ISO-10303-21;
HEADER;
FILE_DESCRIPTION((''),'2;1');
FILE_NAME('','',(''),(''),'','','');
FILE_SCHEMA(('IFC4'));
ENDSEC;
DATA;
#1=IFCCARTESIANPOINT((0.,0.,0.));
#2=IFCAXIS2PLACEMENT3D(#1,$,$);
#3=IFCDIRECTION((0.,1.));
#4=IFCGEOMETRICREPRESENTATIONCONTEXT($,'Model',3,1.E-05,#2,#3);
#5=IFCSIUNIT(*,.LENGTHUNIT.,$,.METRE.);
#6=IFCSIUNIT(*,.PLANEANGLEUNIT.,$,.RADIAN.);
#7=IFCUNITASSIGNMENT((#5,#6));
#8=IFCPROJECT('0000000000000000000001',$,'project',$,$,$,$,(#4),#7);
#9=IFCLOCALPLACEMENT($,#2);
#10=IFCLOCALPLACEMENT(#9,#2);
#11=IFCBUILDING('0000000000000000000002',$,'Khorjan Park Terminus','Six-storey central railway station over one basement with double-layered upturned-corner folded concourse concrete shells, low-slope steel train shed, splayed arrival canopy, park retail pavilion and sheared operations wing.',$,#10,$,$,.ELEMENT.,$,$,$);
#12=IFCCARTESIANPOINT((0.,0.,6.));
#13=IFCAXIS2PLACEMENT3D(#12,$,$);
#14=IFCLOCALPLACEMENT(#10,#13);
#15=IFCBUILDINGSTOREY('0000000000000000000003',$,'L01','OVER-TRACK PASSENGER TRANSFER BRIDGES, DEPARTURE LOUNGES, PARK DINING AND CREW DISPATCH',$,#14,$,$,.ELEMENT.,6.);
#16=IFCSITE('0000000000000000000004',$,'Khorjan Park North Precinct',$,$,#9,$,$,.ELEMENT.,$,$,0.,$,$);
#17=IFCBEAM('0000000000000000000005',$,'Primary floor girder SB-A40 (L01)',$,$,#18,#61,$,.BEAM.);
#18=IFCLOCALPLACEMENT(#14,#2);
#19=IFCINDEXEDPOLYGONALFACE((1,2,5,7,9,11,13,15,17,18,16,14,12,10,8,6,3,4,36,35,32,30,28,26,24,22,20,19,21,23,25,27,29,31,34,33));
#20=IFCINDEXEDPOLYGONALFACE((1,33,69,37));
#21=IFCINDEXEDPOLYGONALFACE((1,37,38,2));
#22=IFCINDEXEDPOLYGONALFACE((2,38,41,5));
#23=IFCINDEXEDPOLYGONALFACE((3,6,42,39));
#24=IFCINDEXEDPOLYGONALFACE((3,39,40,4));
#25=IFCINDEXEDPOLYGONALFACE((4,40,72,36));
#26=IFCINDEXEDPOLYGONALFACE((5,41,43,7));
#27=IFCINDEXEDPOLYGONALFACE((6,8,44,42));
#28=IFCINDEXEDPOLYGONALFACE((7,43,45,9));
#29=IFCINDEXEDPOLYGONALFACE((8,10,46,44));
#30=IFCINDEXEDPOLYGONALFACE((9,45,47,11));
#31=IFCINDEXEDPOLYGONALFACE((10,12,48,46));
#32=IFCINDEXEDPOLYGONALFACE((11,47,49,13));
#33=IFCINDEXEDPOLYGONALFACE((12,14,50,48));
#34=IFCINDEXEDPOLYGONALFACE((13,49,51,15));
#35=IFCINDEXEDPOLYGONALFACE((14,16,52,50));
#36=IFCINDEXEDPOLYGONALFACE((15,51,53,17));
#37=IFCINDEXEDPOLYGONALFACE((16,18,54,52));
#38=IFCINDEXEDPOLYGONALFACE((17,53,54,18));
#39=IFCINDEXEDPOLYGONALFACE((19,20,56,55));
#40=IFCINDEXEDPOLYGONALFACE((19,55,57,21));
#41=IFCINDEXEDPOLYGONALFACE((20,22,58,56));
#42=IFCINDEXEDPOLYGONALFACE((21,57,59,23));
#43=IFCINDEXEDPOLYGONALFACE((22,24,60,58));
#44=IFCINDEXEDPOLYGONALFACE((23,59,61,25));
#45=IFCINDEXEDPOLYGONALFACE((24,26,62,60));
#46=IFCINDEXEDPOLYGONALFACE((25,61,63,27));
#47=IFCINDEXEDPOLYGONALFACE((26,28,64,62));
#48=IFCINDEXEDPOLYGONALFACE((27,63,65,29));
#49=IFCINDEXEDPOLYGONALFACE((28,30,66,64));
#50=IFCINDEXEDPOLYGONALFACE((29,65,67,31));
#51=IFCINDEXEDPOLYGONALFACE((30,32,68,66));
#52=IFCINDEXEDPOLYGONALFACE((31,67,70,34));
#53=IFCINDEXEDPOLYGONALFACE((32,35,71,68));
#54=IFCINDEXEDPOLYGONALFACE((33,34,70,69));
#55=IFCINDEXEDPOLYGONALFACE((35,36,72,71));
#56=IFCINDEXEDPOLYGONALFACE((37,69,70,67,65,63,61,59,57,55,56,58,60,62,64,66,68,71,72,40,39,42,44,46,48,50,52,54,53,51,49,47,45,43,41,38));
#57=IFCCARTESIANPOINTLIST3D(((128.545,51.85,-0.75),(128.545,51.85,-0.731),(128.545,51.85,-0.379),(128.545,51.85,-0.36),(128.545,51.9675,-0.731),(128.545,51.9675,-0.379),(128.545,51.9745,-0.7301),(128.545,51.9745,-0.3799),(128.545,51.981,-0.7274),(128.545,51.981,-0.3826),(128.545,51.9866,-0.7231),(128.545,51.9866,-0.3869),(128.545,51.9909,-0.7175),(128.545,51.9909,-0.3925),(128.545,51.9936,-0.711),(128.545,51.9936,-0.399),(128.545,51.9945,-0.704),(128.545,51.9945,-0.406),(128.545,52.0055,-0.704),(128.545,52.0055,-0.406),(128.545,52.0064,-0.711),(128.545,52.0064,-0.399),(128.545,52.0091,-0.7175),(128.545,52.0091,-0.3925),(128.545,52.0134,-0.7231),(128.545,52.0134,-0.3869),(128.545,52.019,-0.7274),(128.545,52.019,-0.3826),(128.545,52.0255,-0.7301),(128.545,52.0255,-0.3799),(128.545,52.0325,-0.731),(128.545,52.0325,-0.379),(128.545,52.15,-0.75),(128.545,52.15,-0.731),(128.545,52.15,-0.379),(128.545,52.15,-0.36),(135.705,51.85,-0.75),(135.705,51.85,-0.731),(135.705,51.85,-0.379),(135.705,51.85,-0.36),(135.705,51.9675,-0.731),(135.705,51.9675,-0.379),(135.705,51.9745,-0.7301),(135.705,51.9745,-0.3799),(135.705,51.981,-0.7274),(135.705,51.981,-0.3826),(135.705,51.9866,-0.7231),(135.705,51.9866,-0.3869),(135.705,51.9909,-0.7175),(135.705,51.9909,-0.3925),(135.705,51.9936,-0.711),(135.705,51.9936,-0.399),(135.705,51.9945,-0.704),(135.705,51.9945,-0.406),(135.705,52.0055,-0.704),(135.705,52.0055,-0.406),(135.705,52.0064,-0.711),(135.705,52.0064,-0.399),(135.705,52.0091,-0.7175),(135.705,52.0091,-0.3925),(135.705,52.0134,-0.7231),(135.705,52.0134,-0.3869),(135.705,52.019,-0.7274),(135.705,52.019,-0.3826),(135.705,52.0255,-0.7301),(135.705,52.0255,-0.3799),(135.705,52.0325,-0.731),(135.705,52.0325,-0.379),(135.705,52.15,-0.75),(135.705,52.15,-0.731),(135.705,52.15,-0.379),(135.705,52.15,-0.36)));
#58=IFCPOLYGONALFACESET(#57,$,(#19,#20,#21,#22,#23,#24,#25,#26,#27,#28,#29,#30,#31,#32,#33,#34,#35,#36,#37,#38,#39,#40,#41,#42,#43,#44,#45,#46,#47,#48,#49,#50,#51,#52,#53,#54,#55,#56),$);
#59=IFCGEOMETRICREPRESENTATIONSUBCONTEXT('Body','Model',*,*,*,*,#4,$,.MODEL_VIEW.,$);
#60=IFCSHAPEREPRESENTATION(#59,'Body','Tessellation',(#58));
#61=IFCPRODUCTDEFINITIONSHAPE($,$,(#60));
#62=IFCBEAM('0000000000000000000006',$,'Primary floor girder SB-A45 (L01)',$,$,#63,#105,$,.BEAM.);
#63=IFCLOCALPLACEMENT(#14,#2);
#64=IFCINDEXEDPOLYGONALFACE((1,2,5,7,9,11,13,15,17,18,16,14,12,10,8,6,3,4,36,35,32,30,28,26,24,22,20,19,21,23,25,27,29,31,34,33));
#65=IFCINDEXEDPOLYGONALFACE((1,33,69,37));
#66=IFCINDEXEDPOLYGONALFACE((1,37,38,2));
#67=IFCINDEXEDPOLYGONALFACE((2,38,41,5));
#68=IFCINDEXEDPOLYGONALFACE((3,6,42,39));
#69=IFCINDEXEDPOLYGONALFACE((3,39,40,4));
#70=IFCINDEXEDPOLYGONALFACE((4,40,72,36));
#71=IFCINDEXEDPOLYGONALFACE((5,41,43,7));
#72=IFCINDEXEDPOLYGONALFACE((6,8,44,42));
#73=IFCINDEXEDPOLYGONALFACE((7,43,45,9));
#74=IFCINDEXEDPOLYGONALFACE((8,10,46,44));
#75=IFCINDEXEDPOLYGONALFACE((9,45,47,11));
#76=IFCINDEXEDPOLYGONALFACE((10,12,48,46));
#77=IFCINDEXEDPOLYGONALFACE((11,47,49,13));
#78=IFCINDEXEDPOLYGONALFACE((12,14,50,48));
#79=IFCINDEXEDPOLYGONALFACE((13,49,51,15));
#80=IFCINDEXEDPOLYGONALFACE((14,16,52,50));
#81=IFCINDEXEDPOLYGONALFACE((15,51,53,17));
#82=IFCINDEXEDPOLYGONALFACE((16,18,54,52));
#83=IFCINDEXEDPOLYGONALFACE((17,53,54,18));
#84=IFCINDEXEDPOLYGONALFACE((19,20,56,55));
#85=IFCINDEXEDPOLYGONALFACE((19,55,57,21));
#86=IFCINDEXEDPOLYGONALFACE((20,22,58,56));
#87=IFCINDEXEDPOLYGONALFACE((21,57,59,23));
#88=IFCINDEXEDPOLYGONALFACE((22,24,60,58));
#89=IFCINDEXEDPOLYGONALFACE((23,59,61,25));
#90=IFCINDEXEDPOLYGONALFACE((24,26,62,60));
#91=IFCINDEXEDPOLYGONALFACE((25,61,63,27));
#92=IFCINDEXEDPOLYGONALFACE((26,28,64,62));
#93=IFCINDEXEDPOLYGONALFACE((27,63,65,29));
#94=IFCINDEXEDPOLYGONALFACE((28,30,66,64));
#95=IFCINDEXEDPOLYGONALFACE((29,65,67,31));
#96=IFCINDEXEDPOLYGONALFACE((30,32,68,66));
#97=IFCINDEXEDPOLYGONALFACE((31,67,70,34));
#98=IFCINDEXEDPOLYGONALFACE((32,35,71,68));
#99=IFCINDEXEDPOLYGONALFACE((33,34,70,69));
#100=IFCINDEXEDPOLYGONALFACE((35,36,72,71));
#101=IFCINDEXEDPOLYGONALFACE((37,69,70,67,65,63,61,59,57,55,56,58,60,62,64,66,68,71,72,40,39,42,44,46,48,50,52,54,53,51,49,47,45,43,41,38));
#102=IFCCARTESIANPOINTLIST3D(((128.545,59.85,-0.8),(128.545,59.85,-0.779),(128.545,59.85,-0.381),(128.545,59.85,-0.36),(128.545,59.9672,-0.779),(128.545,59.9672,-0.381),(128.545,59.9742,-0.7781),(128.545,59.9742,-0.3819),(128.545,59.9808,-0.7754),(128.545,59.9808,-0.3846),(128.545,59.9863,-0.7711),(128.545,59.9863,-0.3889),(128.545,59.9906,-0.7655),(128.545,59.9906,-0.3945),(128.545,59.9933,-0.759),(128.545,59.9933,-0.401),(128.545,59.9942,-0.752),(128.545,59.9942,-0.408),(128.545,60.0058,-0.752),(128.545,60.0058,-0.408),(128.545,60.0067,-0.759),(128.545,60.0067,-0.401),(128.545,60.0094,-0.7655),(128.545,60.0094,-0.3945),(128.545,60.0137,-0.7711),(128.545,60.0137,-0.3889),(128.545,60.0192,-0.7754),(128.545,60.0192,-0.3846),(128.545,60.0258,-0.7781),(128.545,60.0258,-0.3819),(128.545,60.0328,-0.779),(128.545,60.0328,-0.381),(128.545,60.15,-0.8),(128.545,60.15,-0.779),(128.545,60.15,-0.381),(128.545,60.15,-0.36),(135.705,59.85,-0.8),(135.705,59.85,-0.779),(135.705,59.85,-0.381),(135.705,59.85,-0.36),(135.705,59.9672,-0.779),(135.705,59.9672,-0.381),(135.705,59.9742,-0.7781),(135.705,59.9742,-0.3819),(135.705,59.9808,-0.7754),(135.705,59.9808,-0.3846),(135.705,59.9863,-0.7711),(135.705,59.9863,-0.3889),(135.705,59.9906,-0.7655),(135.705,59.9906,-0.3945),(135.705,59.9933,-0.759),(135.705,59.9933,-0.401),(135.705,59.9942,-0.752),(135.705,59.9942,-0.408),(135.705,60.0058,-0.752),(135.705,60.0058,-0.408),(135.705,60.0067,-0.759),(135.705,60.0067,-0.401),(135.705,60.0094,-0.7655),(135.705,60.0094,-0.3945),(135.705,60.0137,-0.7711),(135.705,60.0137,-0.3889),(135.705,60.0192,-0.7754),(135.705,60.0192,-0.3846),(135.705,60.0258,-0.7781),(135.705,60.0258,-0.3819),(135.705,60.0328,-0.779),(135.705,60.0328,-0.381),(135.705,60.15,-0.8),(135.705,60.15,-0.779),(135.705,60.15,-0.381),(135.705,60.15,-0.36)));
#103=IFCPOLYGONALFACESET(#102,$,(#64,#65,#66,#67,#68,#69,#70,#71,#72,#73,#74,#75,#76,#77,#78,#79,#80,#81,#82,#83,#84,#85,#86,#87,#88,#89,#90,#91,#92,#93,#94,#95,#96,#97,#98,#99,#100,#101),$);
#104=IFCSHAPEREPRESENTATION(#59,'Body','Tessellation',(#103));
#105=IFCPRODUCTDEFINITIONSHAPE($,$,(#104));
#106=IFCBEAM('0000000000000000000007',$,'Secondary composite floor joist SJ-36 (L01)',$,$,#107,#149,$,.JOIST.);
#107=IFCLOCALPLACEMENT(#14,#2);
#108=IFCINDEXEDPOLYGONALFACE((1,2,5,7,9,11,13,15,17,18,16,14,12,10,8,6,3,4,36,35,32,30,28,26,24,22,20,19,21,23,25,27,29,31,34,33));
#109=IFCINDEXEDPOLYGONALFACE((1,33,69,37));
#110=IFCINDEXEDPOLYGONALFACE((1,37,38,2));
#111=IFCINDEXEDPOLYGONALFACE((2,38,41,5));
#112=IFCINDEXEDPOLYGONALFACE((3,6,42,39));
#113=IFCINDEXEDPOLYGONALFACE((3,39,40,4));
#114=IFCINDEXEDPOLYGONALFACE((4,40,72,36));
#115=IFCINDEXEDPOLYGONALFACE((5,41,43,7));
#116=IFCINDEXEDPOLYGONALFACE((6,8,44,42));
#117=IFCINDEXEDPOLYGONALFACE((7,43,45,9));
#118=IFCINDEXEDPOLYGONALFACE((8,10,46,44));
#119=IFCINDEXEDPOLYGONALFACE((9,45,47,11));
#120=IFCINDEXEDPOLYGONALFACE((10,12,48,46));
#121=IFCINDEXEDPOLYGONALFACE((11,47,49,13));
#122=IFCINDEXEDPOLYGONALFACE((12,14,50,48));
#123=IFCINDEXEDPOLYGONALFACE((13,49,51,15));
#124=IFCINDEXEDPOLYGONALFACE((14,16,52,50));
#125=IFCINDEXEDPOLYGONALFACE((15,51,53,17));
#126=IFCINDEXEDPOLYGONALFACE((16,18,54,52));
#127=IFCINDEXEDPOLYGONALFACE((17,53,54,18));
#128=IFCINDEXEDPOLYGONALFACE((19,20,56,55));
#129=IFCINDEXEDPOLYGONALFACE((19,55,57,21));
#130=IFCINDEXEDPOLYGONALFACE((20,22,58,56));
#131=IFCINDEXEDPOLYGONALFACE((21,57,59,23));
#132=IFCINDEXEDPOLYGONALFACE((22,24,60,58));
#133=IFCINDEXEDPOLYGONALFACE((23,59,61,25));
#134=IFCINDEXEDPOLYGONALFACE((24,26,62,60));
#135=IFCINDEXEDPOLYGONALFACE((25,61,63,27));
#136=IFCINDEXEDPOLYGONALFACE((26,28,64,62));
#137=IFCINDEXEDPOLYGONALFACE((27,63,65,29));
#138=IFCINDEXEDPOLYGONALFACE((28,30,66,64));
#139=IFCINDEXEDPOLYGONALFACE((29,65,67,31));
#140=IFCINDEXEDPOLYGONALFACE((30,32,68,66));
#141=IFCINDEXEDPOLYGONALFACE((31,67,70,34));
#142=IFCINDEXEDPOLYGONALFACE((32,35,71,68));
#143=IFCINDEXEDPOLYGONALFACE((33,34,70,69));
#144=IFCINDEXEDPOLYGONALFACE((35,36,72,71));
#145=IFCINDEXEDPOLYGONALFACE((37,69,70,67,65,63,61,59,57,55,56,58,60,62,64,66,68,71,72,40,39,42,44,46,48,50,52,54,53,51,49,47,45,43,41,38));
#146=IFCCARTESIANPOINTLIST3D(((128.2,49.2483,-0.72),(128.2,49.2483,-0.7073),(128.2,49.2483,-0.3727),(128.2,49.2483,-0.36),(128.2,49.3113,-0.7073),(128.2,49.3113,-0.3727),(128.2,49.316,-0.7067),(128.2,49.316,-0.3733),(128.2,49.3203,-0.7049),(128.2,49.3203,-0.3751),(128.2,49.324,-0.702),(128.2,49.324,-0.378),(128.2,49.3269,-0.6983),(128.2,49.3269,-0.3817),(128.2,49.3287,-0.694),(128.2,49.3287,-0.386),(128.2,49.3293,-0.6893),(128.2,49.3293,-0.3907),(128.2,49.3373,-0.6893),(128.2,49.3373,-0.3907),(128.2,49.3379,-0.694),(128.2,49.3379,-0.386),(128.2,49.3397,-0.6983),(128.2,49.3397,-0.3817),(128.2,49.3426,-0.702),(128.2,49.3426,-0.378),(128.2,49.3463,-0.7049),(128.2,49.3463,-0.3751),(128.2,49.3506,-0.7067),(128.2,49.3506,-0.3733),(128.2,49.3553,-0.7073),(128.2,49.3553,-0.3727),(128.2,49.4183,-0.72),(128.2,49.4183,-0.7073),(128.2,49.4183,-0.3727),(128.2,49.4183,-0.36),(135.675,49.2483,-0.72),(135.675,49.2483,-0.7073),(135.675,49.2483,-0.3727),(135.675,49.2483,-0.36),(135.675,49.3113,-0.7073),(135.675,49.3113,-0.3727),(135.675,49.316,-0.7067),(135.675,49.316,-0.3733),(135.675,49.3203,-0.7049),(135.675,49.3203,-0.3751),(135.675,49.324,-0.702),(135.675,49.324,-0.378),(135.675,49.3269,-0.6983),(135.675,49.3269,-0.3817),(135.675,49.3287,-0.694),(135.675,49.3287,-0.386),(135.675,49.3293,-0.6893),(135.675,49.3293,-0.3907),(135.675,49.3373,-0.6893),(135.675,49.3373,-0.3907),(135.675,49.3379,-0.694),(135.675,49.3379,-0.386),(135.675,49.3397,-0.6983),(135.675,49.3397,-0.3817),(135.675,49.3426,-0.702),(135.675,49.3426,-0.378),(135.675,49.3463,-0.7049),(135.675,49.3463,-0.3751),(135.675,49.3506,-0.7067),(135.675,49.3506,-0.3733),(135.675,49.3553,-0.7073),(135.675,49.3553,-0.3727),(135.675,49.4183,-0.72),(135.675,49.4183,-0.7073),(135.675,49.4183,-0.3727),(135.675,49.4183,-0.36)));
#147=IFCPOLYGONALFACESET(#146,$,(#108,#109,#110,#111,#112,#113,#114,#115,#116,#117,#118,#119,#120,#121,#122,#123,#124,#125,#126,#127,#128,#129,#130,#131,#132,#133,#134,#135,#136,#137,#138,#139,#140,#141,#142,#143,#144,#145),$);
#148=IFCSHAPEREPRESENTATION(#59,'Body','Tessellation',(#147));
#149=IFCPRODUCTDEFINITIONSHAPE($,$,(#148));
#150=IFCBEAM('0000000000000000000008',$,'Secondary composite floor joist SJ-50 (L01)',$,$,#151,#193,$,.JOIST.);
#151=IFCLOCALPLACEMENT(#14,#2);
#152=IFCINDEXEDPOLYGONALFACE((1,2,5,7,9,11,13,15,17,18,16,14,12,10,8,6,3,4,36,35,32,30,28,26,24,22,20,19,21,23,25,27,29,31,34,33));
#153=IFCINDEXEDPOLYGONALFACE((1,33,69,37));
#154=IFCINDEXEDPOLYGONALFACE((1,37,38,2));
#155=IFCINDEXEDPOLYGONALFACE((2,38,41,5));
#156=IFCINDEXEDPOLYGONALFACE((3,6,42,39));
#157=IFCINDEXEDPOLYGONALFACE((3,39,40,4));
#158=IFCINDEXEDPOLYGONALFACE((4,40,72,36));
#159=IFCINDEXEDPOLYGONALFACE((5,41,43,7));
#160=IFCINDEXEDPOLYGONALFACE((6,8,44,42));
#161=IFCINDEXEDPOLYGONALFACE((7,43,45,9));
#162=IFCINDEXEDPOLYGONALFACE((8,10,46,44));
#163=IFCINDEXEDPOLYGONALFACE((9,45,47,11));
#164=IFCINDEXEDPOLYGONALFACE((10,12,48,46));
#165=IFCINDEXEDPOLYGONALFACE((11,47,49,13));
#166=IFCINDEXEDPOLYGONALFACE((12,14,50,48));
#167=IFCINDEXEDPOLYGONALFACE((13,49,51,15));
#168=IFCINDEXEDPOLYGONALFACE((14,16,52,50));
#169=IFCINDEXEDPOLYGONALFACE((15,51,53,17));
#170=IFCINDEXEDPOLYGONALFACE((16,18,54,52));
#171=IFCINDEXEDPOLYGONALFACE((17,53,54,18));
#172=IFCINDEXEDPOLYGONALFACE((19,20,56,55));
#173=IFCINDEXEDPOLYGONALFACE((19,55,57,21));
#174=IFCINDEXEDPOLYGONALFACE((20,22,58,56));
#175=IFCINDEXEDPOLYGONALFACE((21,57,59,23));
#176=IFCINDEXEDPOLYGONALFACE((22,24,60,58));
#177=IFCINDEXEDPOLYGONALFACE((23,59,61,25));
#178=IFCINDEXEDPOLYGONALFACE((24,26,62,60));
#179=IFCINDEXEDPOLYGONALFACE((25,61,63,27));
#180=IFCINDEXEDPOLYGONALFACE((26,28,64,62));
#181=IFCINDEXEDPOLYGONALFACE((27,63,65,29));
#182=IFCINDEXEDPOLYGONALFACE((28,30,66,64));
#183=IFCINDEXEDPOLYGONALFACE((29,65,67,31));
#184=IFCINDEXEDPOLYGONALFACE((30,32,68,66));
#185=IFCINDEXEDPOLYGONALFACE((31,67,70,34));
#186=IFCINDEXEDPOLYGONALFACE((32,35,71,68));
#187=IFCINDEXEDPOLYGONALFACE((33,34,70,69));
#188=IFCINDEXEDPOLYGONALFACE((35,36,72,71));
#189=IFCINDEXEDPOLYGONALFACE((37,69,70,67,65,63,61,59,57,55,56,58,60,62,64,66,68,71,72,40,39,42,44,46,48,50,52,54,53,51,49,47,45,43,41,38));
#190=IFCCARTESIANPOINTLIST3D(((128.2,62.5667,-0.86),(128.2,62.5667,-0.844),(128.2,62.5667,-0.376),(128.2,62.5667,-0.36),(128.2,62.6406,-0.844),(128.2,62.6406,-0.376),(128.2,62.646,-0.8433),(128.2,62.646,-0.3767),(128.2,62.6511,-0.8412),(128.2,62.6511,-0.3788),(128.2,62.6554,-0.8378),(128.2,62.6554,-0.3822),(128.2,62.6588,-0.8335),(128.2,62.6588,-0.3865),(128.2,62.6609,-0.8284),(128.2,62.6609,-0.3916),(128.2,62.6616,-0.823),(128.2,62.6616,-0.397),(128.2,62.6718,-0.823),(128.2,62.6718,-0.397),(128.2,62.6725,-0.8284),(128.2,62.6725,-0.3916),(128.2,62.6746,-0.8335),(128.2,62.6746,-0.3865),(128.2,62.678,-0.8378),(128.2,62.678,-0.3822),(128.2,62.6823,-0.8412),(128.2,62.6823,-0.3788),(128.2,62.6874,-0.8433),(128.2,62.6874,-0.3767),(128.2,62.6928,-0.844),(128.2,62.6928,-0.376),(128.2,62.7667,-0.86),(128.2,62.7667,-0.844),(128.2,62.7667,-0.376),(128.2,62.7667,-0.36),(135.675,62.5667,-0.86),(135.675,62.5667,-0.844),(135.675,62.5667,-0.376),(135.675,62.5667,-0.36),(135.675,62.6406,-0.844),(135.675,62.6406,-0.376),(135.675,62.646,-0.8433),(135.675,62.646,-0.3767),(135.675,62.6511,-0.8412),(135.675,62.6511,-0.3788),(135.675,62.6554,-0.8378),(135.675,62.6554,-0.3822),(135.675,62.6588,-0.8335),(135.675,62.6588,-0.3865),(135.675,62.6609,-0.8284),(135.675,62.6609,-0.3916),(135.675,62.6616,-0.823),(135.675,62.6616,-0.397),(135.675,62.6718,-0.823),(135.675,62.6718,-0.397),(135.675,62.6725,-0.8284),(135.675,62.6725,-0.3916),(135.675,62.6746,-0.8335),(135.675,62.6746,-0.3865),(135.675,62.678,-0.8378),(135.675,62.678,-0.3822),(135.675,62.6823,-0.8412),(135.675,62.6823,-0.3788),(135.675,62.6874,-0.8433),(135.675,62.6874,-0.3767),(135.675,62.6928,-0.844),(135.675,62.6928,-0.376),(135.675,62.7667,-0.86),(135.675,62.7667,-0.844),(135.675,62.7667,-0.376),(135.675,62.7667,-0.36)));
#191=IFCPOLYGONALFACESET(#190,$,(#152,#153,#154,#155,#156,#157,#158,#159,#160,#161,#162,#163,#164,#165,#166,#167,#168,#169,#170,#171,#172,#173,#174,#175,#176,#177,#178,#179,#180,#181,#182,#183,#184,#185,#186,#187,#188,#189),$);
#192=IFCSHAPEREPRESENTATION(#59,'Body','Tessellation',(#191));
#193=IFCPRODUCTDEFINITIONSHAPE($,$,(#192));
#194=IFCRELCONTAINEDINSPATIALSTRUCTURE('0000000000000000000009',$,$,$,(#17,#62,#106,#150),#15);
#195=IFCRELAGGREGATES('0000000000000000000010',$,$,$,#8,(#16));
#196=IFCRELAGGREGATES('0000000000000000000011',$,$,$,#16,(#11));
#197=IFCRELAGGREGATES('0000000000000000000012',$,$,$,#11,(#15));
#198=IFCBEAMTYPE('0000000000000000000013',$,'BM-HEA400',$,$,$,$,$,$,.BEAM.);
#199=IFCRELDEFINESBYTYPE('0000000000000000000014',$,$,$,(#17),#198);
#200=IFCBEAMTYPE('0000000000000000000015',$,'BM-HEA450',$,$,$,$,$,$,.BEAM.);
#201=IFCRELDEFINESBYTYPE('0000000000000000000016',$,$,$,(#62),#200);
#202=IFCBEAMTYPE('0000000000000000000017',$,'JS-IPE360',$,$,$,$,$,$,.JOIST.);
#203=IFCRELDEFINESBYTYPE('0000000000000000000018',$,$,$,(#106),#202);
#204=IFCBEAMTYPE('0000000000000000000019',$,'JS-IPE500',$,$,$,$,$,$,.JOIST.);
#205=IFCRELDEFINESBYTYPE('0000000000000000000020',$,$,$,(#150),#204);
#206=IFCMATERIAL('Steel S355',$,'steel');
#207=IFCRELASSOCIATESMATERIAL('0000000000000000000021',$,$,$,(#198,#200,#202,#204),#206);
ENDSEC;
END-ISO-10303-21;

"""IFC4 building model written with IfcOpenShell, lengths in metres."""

from ifc_helpers import new_model, si_unit, direction, frame, origin, origin_2d, place, context, subcontext, project, spatial, i_section, extrude, material, material_profile, profile_set, type_object, element, save


model = new_model("IFC4")

# Units and contexts
model_context = context("Model", 3, precision=1e-05, world=origin(), true_north=direction((0.0, 1.0)))
body_context = subcontext(model_context, "Body", "Model", "MODEL_VIEW")
ifc_project = project(units=[si_unit("LENGTHUNIT", "METRE"), si_unit("PLANEANGLEUNIT", "RADIAN")], contexts=[model_context])

# Site, building, storey
site_placement = place(None, origin())
site = spatial("IfcSite", under=ifc_project, at=site_placement, Name="Khorjan Park North Precinct", CompositionType="ELEMENT", RefElevation=0.0)
building_placement = place(site_placement, origin())
building = spatial("IfcBuilding", under=site, at=building_placement, Name="Khorjan Park Terminus", Description="Six-storey central railway station over one basement with double-layered upturned-corner folded concourse concrete shells, low-slope steel train shed, splayed arrival canopy, park retail pavilion and sheared operations wing.", CompositionType="ELEMENT")
storey_placement = place(building_placement, frame((0.0, 0.0, 6.0)))
storey = spatial("IfcBuildingStorey", under=building, at=storey_placement, Name="L01", Description="OVER-TRACK PASSENGER TRANSFER BRIDGES, DEPARTURE LOUNGES, PARK DINING AND CREW DISPATCH", CompositionType="ELEMENT", Elevation=6.0)

# Beams
ifc_material_1 = material(Name="Steel S355", Category="steel")
ifc_material_profile_1 = material_profile(ifc_material_1, i_section(OverallWidth=0.3, OverallDepth=0.39, WebThickness=0.011, FlangeThickness=0.019, FilletRadius=0.027, at=origin_2d()), Name="HEA 400")
ifc_profile_set_1 = profile_set([ifc_material_profile_1], Name="Steel S355")
beam_type_1 = type_object("IfcBeamType", Name="BM-HEA400", PredefinedType="BEAM", material=ifc_profile_set_1)
beam_1_placement = place(storey_placement, frame((128.545, 52.0, -0.555), z_axis=(1.0, 0.0, 0.0), x_axis=(0.0, 1.0, 0.0)))
element("IfcBeam", 1, at=beam_1_placement, inside=storey, type_object=beam_type_1, Name="Primary floor girder SB-A40 (L01)", PredefinedType="BEAM", context=body_context, shape_type="SweptSolid", body=[
    extrude(i_section(OverallWidth=0.3, OverallDepth=0.39, WebThickness=0.011, FlangeThickness=0.019, FilletRadius=0.027, at=origin_2d()), origin(), (0.0, 0.0, 1.0), 7.16),
])
ifc_material_profile_2 = material_profile(ifc_material_1, i_section(OverallWidth=0.3, OverallDepth=0.44, WebThickness=0.0115, FlangeThickness=0.021, FilletRadius=0.027, at=origin_2d()), Name="HEA 450")
ifc_profile_set_2 = profile_set([ifc_material_profile_2], Name="Steel S355")
beam_type_2 = type_object("IfcBeamType", Name="BM-HEA450", PredefinedType="BEAM", material=ifc_profile_set_2)
beam_2_placement = place(storey_placement, frame((128.545, 60.0, -0.58), z_axis=(1.0, 0.0, 0.0), x_axis=(0.0, 1.0, 0.0)))
element("IfcBeam", 2, at=beam_2_placement, inside=storey, type_object=beam_type_2, Name="Primary floor girder SB-A45 (L01)", PredefinedType="BEAM", context=body_context, shape_type="SweptSolid", body=[
    extrude(i_section(OverallWidth=0.3, OverallDepth=0.44, WebThickness=0.0115, FlangeThickness=0.021, FilletRadius=0.027, at=origin_2d()), origin(), (0.0, 0.0, 1.0), 7.16),
])
ifc_material_profile_3 = material_profile(ifc_material_1, i_section(OverallWidth=0.17, OverallDepth=0.36, WebThickness=0.008, FlangeThickness=0.0127, FilletRadius=0.018, at=origin_2d()), Name="IPE 360")
ifc_profile_set_3 = profile_set([ifc_material_profile_3], Name="Steel S355")
beam_type_3 = type_object("IfcBeamType", Name="JS-IPE360", PredefinedType="JOIST", material=ifc_profile_set_3)
beam_3_placement = place(storey_placement, frame((128.2, 49.3333, -0.54), z_axis=(1.0, 0.0, 0.0), x_axis=(0.0, 1.0, 0.0)))
element("IfcBeam", 3, at=beam_3_placement, inside=storey, type_object=beam_type_3, Name="Secondary composite floor joist SJ-36 (L01)", PredefinedType="JOIST", context=body_context, shape_type="SweptSolid", body=[
    extrude(i_section(OverallWidth=0.17, OverallDepth=0.36, WebThickness=0.008, FlangeThickness=0.0127, FilletRadius=0.018, at=origin_2d()), origin(), (0.0, 0.0, 1.0), 7.475),
])
ifc_material_profile_4 = material_profile(ifc_material_1, i_section(OverallWidth=0.2, OverallDepth=0.5, WebThickness=0.0102, FlangeThickness=0.016, FilletRadius=0.021, at=origin_2d()), Name="IPE 500")
ifc_profile_set_4 = profile_set([ifc_material_profile_4], Name="Steel S355")
beam_type_4 = type_object("IfcBeamType", Name="JS-IPE500", PredefinedType="JOIST", material=ifc_profile_set_4)
beam_4_placement = place(storey_placement, frame((128.2, 62.6667, -0.61), z_axis=(1.0, 0.0, 0.0), x_axis=(0.0, 1.0, 0.0)))
element("IfcBeam", 4, at=beam_4_placement, inside=storey, type_object=beam_type_4, Name="Secondary composite floor joist SJ-50 (L01)", PredefinedType="JOIST", context=body_context, shape_type="SweptSolid", body=[
    extrude(i_section(OverallWidth=0.2, OverallDepth=0.5, WebThickness=0.0102, FlangeThickness=0.016, FilletRadius=0.021, at=origin_2d()), origin(), (0.0, 0.0, 1.0), 7.475),
])

save(model, "model.ifc")
